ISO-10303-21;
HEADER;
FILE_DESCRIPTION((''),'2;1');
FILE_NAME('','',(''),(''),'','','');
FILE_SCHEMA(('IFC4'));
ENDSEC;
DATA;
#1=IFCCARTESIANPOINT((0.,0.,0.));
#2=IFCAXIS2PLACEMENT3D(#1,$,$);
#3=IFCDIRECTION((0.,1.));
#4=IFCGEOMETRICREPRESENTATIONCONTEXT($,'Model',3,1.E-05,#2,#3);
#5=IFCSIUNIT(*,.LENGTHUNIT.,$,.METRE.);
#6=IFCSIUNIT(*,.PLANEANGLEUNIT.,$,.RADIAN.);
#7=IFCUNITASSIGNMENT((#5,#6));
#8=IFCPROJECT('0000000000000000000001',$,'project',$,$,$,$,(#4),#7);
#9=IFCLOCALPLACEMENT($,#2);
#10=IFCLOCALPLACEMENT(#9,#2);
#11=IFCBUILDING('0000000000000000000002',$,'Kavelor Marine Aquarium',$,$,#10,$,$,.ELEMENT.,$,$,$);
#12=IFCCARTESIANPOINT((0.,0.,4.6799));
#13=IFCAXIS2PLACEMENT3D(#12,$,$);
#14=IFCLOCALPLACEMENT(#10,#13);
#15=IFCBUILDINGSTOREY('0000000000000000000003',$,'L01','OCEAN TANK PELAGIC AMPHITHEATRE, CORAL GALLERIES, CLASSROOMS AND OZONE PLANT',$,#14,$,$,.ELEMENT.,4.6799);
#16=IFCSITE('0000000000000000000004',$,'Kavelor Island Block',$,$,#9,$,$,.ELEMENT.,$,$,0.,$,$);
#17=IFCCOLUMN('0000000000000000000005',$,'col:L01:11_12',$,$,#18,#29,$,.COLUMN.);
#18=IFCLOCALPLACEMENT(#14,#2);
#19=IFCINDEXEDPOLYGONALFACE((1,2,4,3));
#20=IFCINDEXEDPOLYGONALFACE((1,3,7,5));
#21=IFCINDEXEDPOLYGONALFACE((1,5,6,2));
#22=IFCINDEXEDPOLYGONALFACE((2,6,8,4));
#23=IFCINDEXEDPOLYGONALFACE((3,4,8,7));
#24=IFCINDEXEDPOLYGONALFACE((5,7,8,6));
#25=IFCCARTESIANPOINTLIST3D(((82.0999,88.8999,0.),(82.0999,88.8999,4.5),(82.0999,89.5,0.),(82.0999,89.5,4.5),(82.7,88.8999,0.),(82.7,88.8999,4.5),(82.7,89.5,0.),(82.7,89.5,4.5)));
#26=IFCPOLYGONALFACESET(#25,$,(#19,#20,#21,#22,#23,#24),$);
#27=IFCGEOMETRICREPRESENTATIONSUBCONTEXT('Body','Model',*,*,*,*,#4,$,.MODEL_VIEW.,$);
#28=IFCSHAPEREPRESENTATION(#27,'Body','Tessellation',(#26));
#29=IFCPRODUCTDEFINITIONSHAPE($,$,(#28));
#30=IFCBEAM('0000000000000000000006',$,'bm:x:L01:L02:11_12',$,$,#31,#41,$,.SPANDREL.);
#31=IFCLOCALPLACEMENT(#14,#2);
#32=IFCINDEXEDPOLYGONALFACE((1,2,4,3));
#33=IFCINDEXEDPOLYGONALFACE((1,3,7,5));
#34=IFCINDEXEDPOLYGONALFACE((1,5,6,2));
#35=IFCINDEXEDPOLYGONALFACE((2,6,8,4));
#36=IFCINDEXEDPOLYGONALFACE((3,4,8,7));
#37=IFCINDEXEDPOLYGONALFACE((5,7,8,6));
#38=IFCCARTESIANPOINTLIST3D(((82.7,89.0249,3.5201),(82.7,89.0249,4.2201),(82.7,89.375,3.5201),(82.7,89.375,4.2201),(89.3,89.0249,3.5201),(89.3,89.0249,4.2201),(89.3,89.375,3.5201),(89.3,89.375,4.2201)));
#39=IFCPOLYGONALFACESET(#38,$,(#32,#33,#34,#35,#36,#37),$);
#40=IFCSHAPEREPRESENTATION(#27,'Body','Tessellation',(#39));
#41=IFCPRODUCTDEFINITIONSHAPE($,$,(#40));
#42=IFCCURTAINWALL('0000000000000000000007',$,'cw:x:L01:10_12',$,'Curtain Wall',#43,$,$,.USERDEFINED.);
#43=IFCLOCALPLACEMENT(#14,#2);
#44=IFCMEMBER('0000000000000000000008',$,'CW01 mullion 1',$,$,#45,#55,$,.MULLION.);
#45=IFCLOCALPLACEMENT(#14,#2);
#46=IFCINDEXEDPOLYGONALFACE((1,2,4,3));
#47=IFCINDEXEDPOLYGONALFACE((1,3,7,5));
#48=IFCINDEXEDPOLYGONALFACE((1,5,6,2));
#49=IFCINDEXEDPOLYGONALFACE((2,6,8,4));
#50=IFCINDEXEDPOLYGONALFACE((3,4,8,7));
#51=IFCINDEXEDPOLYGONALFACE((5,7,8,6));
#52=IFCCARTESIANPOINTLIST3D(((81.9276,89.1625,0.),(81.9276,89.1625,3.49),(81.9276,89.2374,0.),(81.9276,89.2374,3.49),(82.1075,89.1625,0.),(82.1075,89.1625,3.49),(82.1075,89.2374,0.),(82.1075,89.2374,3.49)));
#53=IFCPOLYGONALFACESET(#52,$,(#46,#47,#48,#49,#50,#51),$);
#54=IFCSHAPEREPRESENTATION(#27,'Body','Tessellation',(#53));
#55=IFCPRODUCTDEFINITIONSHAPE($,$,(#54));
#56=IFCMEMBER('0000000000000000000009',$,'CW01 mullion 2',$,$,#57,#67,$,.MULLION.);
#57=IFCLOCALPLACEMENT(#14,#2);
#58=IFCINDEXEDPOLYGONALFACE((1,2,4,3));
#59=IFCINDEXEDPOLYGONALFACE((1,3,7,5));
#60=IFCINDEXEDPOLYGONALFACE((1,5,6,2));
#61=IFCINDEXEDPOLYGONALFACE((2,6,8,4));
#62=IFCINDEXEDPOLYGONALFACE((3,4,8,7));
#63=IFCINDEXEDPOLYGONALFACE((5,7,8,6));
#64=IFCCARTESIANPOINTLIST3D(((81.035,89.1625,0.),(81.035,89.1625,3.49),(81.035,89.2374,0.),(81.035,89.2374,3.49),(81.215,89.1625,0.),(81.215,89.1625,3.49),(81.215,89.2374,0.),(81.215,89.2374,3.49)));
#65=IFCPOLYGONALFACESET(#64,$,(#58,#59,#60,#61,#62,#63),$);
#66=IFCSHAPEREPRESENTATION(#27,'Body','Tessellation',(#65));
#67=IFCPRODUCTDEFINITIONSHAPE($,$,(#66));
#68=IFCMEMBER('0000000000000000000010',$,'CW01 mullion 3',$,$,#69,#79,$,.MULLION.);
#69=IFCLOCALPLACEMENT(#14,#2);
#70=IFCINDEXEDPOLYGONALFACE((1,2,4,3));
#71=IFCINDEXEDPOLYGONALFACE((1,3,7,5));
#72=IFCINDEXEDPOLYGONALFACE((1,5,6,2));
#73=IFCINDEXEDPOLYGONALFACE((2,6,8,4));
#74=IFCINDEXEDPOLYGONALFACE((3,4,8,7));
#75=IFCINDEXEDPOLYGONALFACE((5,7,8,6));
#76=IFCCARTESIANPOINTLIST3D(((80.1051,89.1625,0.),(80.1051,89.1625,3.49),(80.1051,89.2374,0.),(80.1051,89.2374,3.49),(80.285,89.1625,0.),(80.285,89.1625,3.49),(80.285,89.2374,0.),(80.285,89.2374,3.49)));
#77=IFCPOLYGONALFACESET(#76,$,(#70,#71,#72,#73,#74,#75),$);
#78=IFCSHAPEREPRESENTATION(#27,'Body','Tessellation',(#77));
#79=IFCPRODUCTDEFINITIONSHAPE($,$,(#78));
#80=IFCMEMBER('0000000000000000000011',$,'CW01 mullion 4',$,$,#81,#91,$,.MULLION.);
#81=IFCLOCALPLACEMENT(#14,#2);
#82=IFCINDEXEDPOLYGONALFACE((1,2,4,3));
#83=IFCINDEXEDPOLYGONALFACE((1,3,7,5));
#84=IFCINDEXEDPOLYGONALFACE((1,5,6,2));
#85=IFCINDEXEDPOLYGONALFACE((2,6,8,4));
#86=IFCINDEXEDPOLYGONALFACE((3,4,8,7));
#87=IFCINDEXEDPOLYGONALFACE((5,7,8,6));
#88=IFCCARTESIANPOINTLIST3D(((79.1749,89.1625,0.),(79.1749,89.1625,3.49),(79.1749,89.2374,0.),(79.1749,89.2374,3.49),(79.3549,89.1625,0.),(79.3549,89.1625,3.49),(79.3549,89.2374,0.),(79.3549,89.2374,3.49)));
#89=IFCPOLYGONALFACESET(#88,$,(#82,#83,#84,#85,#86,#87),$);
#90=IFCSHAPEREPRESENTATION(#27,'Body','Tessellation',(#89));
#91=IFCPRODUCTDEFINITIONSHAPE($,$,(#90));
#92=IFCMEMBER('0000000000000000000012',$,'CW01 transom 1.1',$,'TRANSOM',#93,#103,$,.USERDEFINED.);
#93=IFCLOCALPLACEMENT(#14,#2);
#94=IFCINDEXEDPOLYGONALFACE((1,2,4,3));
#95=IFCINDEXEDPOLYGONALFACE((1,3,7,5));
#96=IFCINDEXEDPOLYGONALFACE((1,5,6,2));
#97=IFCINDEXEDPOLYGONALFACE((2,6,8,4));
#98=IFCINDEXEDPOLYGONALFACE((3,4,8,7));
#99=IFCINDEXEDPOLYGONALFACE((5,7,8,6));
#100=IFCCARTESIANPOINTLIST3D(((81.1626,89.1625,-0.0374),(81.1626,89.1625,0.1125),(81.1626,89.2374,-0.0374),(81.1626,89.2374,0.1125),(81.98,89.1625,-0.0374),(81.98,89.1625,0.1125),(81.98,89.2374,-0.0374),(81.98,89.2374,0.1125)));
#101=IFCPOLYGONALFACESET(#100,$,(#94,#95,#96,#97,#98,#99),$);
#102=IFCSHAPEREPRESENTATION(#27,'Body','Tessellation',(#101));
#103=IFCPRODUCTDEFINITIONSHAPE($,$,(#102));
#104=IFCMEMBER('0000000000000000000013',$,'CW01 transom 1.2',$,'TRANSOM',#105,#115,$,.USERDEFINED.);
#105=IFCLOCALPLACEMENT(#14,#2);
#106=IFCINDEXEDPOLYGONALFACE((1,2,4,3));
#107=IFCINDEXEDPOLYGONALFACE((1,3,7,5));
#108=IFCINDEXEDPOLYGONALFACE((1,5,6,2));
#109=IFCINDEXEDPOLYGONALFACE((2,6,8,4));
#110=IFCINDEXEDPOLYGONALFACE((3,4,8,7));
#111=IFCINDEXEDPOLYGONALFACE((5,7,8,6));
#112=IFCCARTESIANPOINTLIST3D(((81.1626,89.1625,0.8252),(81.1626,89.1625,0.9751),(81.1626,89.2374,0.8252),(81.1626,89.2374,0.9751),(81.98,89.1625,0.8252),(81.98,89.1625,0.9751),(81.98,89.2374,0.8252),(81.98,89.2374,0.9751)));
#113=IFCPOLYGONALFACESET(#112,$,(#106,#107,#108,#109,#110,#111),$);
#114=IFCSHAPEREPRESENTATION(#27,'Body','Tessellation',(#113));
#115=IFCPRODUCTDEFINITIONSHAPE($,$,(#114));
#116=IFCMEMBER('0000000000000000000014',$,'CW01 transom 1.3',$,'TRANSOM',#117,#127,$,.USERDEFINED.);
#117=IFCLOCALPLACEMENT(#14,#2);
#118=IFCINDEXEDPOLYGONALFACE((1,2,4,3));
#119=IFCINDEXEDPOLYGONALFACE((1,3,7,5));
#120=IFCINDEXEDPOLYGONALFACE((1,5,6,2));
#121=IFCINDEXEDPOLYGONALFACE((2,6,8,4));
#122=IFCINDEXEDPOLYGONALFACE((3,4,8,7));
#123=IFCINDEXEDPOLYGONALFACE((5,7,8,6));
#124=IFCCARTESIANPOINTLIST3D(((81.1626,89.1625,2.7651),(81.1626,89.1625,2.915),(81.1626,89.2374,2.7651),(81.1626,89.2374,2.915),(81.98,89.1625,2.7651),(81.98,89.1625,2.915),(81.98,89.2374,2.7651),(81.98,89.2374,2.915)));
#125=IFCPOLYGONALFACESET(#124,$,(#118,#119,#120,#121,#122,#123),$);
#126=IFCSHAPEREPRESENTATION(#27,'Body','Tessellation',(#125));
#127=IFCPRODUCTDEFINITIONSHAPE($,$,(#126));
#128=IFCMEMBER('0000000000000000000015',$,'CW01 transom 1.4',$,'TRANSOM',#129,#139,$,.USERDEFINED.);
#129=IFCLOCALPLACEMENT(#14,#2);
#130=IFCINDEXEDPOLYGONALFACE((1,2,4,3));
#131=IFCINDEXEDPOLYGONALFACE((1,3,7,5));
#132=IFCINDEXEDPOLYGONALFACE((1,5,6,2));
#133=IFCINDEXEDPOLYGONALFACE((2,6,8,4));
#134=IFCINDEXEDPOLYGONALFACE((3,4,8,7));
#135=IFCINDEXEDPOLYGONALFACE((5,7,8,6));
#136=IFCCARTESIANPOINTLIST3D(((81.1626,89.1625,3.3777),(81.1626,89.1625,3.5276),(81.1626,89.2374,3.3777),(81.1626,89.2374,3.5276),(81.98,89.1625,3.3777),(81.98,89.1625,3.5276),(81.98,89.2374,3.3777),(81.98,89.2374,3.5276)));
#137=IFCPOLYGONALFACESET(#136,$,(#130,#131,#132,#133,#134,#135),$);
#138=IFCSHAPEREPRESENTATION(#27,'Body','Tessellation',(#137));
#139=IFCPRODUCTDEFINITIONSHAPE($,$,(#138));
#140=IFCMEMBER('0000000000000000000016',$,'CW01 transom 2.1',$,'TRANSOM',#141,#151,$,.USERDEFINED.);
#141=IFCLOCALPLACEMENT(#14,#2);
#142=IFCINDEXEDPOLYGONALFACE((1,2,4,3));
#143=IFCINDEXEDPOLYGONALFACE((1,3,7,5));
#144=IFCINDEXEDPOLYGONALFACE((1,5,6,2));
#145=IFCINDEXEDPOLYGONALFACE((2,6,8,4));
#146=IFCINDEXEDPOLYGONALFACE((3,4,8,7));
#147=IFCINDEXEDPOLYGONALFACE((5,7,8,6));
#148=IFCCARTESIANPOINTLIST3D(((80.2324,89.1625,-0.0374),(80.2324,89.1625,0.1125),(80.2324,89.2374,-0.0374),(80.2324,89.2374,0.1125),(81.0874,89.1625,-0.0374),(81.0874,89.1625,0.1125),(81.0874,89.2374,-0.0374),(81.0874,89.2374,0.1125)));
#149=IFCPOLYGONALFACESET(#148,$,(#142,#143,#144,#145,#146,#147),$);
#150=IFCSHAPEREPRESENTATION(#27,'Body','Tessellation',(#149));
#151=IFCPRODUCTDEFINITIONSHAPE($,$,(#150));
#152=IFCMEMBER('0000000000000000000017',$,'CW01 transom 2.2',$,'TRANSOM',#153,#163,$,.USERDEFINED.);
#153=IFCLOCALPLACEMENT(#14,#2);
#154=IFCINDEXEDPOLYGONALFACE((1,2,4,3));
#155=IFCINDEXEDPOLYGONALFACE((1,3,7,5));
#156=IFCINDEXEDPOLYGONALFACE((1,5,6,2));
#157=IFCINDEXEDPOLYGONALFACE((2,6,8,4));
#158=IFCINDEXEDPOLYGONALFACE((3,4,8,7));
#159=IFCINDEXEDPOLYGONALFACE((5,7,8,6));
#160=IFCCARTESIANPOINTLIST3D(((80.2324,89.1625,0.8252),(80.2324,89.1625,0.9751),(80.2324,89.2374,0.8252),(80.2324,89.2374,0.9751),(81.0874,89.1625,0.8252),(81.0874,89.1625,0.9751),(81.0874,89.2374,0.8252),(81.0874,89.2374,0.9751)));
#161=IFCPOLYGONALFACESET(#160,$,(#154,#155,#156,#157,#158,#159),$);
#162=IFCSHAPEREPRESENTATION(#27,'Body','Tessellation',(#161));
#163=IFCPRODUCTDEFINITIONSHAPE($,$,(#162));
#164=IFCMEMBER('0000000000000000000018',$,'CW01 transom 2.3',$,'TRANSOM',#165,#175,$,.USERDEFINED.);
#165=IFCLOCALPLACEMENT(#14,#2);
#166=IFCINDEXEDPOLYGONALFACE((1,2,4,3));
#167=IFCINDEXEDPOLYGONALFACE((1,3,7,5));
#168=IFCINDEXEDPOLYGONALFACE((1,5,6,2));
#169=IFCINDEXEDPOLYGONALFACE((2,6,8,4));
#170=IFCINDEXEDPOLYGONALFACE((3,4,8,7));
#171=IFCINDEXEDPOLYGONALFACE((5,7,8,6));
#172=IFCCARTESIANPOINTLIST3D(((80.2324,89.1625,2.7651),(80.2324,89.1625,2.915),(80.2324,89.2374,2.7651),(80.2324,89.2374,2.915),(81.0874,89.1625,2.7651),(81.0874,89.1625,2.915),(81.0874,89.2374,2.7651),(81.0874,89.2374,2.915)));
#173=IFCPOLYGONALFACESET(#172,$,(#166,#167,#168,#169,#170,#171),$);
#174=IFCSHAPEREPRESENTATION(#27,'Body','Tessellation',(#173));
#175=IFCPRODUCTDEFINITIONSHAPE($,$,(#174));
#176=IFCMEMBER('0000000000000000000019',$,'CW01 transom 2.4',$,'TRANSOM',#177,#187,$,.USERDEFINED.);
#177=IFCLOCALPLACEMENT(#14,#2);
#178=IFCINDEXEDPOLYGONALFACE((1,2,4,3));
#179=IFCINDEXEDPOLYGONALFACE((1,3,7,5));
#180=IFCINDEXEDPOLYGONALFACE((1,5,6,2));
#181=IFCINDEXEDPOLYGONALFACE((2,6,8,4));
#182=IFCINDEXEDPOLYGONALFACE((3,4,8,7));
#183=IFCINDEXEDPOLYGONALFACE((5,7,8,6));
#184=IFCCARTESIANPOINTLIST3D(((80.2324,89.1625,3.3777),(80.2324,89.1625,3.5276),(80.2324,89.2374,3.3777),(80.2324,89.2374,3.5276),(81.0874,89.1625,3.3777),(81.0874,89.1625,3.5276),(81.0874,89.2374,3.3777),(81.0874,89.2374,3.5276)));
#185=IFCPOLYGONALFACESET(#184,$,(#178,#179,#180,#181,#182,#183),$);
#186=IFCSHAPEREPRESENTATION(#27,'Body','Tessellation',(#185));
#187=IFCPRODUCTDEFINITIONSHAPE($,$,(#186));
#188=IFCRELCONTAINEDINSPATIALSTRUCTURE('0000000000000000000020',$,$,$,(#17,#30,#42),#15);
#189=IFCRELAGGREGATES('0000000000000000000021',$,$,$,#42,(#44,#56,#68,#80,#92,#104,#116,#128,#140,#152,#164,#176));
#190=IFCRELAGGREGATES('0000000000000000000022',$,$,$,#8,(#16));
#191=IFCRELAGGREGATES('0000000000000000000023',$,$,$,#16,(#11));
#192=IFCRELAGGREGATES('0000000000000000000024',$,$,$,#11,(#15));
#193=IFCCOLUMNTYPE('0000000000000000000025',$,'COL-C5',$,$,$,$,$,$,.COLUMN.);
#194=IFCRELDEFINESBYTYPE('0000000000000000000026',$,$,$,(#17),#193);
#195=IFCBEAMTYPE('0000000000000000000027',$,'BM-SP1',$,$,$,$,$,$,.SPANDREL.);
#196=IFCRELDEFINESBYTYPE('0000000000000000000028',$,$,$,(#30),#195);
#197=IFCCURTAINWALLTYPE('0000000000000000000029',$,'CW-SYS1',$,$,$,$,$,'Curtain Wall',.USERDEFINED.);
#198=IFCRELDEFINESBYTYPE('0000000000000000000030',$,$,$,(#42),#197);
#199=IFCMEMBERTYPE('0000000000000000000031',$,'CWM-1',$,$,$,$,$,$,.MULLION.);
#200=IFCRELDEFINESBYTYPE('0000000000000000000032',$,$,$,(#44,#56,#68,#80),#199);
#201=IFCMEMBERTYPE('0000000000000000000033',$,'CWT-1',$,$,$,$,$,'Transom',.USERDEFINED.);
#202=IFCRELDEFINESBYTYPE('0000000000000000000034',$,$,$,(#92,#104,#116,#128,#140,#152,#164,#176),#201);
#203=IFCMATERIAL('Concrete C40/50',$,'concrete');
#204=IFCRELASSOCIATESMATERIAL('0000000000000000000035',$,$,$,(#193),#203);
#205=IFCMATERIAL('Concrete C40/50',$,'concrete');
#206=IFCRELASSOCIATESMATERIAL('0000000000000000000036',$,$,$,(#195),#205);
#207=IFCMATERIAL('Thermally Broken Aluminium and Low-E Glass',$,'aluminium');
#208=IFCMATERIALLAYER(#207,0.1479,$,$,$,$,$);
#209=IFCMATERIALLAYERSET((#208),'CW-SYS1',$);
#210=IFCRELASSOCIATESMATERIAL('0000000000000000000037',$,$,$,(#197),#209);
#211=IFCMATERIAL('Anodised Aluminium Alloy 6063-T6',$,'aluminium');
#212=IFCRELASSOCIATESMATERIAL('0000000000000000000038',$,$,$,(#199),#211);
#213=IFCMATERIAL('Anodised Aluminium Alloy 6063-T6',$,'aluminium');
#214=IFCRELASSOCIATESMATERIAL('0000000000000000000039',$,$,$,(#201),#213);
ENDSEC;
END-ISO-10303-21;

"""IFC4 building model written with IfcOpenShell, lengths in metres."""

from ifc_helpers import new_model, si_unit, direction, frame, origin, origin_2d, place, context, subcontext, project, spatial, rectangle, extrude, material, layer, layer_set, material_profile, profile_set, type_object, element, aggregate, save


model = new_model("IFC4")

# Units and contexts
model_context = context("Model", 3, precision=1e-05, world=origin(), true_north=direction((0.0, 1.0)))
body_context = subcontext(model_context, "Body", "Model", "MODEL_VIEW")
ifc_project = project(units=[si_unit("LENGTHUNIT", "METRE"), si_unit("PLANEANGLEUNIT", "RADIAN")], contexts=[model_context])

# Site, building, storey
site_placement = place(None, origin())
site = spatial("IfcSite", under=ifc_project, at=site_placement, Name="Kavelor Island Block", CompositionType="ELEMENT", RefElevation=0.0)
building_placement = place(site_placement, origin())
building = spatial("IfcBuilding", under=site, at=building_placement, Name="Kavelor Marine Aquarium", CompositionType="ELEMENT")
storey_placement = place(building_placement, frame((0.0, 0.0, 4.6799)))
storey = spatial("IfcBuildingStorey", under=building, at=storey_placement, Name="L01", Description="OCEAN TANK PELAGIC AMPHITHEATRE, CORAL GALLERIES, CLASSROOMS AND OZONE PLANT", CompositionType="ELEMENT", Elevation=4.6799)

# Column
ifc_material_1 = material(Name="Concrete C40/50", Category="concrete")
ifc_material_profile_1 = material_profile(ifc_material_1, rectangle(XDim=0.6001, YDim=0.6001, at=origin_2d()), Name="RC-COL 600x600")
ifc_profile_set_1 = profile_set([ifc_material_profile_1], Name="Concrete C40/50")
column_type = type_object("IfcColumnType", Name="COL-C5", PredefinedType="COLUMN", material=ifc_profile_set_1)
column_placement = place(storey_placement, frame((82.3999, 89.2, 0.0), z_axis=(0.0, 0.0, 1.0), x_axis=(1.0, 0.0, 0.0)))
element("IfcColumn", 1, at=column_placement, inside=storey, type_object=column_type, Name="col:L01:11_12", PredefinedType="COLUMN", context=body_context, shape_type="SweptSolid", body=[
    extrude(rectangle(XDim=0.6001, YDim=0.6001, at=origin_2d()), origin(), (0.0, 0.0, 1.0), 4.5),
])

# Beam
ifc_material_2 = material(Name="Concrete C40/50", Category="concrete")
ifc_material_profile_2 = material_profile(ifc_material_2, rectangle(XDim=0.3501, YDim=0.7, at=origin_2d()), Name="RC-SP 350x700")
ifc_profile_set_2 = profile_set([ifc_material_profile_2], Name="Concrete C40/50")
beam_type = type_object("IfcBeamType", Name="BM-SP1", PredefinedType="SPANDREL", material=ifc_profile_set_2)
beam_placement = place(storey_placement, frame((82.7, 89.2, 3.8701), z_axis=(1.0, 0.0, 0.0), x_axis=(0.0, 1.0, 0.0)))
element("IfcBeam", 2, at=beam_placement, inside=storey, type_object=beam_type, Name="bm:x:L01:L02:11_12", PredefinedType="SPANDREL", context=body_context, shape_type="SweptSolid", body=[
    extrude(rectangle(XDim=0.3501, YDim=0.7, at=origin_2d()), origin(), (0.0, 0.0, 1.0), 6.6001),
])

# Curtain wall, members
ifc_material_3 = material(Name="Thermally Broken Aluminium and Low-E Glass", Category="aluminium")
ifc_layer_1 = layer(ifc_material_3, 0.1479)
ifc_layer_set_1 = layer_set([ifc_layer_1], Name="CW-SYS1")
curtain_wall_type = type_object("IfcCurtainWallType", Name="CW-SYS1", ElementType="Curtain Wall", PredefinedType="USERDEFINED", material=ifc_layer_set_1)
curtain_wall_placement = place(storey_placement, origin())
curtain_wall = element("IfcCurtainWall", 3, at=curtain_wall_placement, inside=storey, type_object=curtain_wall_type, Name="cw:x:L01:10_12", ObjectType="Curtain Wall", PredefinedType="USERDEFINED")
ifc_material_4 = material(Name="Anodised Aluminium Alloy 6063-T6", Category="aluminium")
ifc_material_profile_3 = material_profile(ifc_material_4, rectangle(XDim=0.075, YDim=0.1799, at=origin_2d()), Name="CW-MUL 75x180")
ifc_profile_set_3 = profile_set([ifc_material_profile_3], Name="Anodised Aluminium Alloy 6063-T6")
member_type_1 = type_object("IfcMemberType", Name="CWM-1", PredefinedType="MULLION", material=ifc_profile_set_3)
member_1_placement = place(storey_placement, frame((82.0176, 89.2, 0.0), z_axis=(0.0, 0.0, 1.0), x_axis=(0.0, -1.0, 0.0)))
member_1 = element("IfcMember", 4, at=member_1_placement, type_object=member_type_1, Name="CW01 mullion 1", PredefinedType="MULLION", context=body_context, shape_type="SweptSolid", body=[
    extrude(rectangle(XDim=0.075, YDim=0.1799, at=origin_2d()), origin(), (0.0, 0.0, 1.0), 3.49),
])
member_2_placement = place(storey_placement, frame((81.125, 89.2, 0.0), z_axis=(0.0, 0.0, 1.0), x_axis=(0.0, -1.0, 0.0)))
member_2 = element("IfcMember", 5, at=member_2_placement, type_object=member_type_1, Name="CW01 mullion 2", PredefinedType="MULLION", context=body_context, shape_type="SweptSolid", body=[
    extrude(rectangle(XDim=0.075, YDim=0.1799, at=origin_2d()), origin(), (0.0, 0.0, 1.0), 3.49),
])
member_3_placement = place(storey_placement, frame((80.1951, 89.2, 0.0), z_axis=(0.0, 0.0, 1.0), x_axis=(0.0, -1.0, 0.0)))
member_3 = element("IfcMember", 6, at=member_3_placement, type_object=member_type_1, Name="CW01 mullion 3", PredefinedType="MULLION", context=body_context, shape_type="SweptSolid", body=[
    extrude(rectangle(XDim=0.075, YDim=0.1799, at=origin_2d()), origin(), (0.0, 0.0, 1.0), 3.49),
])
member_4_placement = place(storey_placement, frame((79.2649, 89.2, 0.0), z_axis=(0.0, 0.0, 1.0), x_axis=(0.0, -1.0, 0.0)))
member_4 = element("IfcMember", 7, at=member_4_placement, type_object=member_type_1, Name="CW01 mullion 4", PredefinedType="MULLION", context=body_context, shape_type="SweptSolid", body=[
    extrude(rectangle(XDim=0.075, YDim=0.1799, at=origin_2d()), origin(), (0.0, 0.0, 1.0), 3.49),
])
ifc_material_5 = material(Name="Anodised Aluminium Alloy 6063-T6", Category="aluminium")
ifc_material_profile_4 = material_profile(ifc_material_5, rectangle(XDim=0.075, YDim=0.1499, at=origin_2d()), Name="CW-TRN 75x150")
ifc_profile_set_4 = profile_set([ifc_material_profile_4], Name="Anodised Aluminium Alloy 6063-T6")
member_type_2 = type_object("IfcMemberType", Name="CWT-1", ElementType="Transom", PredefinedType="USERDEFINED", material=ifc_profile_set_4)
member_5_placement = place(storey_placement, frame((81.98, 89.2, 0.0376), z_axis=(-1.0, 0.0, 0.0), x_axis=(0.0, -1.0, 0.0)))
member_5 = element("IfcMember", 8, at=member_5_placement, type_object=member_type_2, Name="CW01 transom 1.1", ObjectType="TRANSOM", PredefinedType="USERDEFINED", context=body_context, shape_type="SweptSolid", body=[
    extrude(rectangle(XDim=0.075, YDim=0.1499, at=origin_2d()), origin(), (0.0, 0.0, 1.0), 0.8174),
])
member_6_placement = place(storey_placement, frame((81.98, 89.2, 0.9001), z_axis=(-1.0, 0.0, 0.0), x_axis=(0.0, -1.0, 0.0)))
member_6 = element("IfcMember", 9, at=member_6_placement, type_object=member_type_2, Name="CW01 transom 1.2", ObjectType="TRANSOM", PredefinedType="USERDEFINED", context=body_context, shape_type="SweptSolid", body=[
    extrude(rectangle(XDim=0.075, YDim=0.1499, at=origin_2d()), origin(), (0.0, 0.0, 1.0), 0.8174),
])
member_7_placement = place(storey_placement, frame((81.98, 89.2, 2.8401), z_axis=(-1.0, 0.0, 0.0), x_axis=(0.0, -1.0, 0.0)))
member_7 = element("IfcMember", 10, at=member_7_placement, type_object=member_type_2, Name="CW01 transom 1.3", ObjectType="TRANSOM", PredefinedType="USERDEFINED", context=body_context, shape_type="SweptSolid", body=[
    extrude(rectangle(XDim=0.075, YDim=0.1499, at=origin_2d()), origin(), (0.0, 0.0, 1.0), 0.8174),
])
member_8_placement = place(storey_placement, frame((81.98, 89.2, 3.4526), z_axis=(-1.0, 0.0, 0.0), x_axis=(0.0, -1.0, 0.0)))
member_8 = element("IfcMember", 11, at=member_8_placement, type_object=member_type_2, Name="CW01 transom 1.4", ObjectType="TRANSOM", PredefinedType="USERDEFINED", context=body_context, shape_type="SweptSolid", body=[
    extrude(rectangle(XDim=0.075, YDim=0.1499, at=origin_2d()), origin(), (0.0, 0.0, 1.0), 0.8174),
])
member_9_placement = place(storey_placement, frame((81.0874, 89.2, 0.0376), z_axis=(-1.0, 0.0, 0.0), x_axis=(0.0, -1.0, 0.0)))
member_9 = element("IfcMember", 12, at=member_9_placement, type_object=member_type_2, Name="CW01 transom 2.1", ObjectType="TRANSOM", PredefinedType="USERDEFINED", context=body_context, shape_type="SweptSolid", body=[
    extrude(rectangle(XDim=0.075, YDim=0.1499, at=origin_2d()), origin(), (0.0, 0.0, 1.0), 0.855),
])
member_10_placement = place(storey_placement, frame((81.0874, 89.2, 0.9001), z_axis=(-1.0, 0.0, 0.0), x_axis=(0.0, -1.0, 0.0)))
member_10 = element("IfcMember", 13, at=member_10_placement, type_object=member_type_2, Name="CW01 transom 2.2", ObjectType="TRANSOM", PredefinedType="USERDEFINED", context=body_context, shape_type="SweptSolid", body=[
    extrude(rectangle(XDim=0.075, YDim=0.1499, at=origin_2d()), origin(), (0.0, 0.0, 1.0), 0.855),
])
member_11_placement = place(storey_placement, frame((81.0874, 89.2, 2.8401), z_axis=(-1.0, 0.0, 0.0), x_axis=(0.0, -1.0, 0.0)))
member_11 = element("IfcMember", 14, at=member_11_placement, type_object=member_type_2, Name="CW01 transom 2.3", ObjectType="TRANSOM", PredefinedType="USERDEFINED", context=body_context, shape_type="SweptSolid", body=[
    extrude(rectangle(XDim=0.075, YDim=0.1499, at=origin_2d()), origin(), (0.0, 0.0, 1.0), 0.855),
])
member_12_placement = place(storey_placement, frame((81.0874, 89.2, 3.4526), z_axis=(-1.0, 0.0, 0.0), x_axis=(0.0, -1.0, 0.0)))
member_12 = element("IfcMember", 15, at=member_12_placement, type_object=member_type_2, Name="CW01 transom 2.4", ObjectType="TRANSOM", PredefinedType="USERDEFINED", context=body_context, shape_type="SweptSolid", body=[
    extrude(rectangle(XDim=0.075, YDim=0.1499, at=origin_2d()), origin(), (0.0, 0.0, 1.0), 0.855),
])
aggregate(curtain_wall, [member_1, member_2, member_3, member_4, member_5, member_6, member_7, member_8, member_9, member_10, member_11, member_12])

save(model, "model.ifc")
